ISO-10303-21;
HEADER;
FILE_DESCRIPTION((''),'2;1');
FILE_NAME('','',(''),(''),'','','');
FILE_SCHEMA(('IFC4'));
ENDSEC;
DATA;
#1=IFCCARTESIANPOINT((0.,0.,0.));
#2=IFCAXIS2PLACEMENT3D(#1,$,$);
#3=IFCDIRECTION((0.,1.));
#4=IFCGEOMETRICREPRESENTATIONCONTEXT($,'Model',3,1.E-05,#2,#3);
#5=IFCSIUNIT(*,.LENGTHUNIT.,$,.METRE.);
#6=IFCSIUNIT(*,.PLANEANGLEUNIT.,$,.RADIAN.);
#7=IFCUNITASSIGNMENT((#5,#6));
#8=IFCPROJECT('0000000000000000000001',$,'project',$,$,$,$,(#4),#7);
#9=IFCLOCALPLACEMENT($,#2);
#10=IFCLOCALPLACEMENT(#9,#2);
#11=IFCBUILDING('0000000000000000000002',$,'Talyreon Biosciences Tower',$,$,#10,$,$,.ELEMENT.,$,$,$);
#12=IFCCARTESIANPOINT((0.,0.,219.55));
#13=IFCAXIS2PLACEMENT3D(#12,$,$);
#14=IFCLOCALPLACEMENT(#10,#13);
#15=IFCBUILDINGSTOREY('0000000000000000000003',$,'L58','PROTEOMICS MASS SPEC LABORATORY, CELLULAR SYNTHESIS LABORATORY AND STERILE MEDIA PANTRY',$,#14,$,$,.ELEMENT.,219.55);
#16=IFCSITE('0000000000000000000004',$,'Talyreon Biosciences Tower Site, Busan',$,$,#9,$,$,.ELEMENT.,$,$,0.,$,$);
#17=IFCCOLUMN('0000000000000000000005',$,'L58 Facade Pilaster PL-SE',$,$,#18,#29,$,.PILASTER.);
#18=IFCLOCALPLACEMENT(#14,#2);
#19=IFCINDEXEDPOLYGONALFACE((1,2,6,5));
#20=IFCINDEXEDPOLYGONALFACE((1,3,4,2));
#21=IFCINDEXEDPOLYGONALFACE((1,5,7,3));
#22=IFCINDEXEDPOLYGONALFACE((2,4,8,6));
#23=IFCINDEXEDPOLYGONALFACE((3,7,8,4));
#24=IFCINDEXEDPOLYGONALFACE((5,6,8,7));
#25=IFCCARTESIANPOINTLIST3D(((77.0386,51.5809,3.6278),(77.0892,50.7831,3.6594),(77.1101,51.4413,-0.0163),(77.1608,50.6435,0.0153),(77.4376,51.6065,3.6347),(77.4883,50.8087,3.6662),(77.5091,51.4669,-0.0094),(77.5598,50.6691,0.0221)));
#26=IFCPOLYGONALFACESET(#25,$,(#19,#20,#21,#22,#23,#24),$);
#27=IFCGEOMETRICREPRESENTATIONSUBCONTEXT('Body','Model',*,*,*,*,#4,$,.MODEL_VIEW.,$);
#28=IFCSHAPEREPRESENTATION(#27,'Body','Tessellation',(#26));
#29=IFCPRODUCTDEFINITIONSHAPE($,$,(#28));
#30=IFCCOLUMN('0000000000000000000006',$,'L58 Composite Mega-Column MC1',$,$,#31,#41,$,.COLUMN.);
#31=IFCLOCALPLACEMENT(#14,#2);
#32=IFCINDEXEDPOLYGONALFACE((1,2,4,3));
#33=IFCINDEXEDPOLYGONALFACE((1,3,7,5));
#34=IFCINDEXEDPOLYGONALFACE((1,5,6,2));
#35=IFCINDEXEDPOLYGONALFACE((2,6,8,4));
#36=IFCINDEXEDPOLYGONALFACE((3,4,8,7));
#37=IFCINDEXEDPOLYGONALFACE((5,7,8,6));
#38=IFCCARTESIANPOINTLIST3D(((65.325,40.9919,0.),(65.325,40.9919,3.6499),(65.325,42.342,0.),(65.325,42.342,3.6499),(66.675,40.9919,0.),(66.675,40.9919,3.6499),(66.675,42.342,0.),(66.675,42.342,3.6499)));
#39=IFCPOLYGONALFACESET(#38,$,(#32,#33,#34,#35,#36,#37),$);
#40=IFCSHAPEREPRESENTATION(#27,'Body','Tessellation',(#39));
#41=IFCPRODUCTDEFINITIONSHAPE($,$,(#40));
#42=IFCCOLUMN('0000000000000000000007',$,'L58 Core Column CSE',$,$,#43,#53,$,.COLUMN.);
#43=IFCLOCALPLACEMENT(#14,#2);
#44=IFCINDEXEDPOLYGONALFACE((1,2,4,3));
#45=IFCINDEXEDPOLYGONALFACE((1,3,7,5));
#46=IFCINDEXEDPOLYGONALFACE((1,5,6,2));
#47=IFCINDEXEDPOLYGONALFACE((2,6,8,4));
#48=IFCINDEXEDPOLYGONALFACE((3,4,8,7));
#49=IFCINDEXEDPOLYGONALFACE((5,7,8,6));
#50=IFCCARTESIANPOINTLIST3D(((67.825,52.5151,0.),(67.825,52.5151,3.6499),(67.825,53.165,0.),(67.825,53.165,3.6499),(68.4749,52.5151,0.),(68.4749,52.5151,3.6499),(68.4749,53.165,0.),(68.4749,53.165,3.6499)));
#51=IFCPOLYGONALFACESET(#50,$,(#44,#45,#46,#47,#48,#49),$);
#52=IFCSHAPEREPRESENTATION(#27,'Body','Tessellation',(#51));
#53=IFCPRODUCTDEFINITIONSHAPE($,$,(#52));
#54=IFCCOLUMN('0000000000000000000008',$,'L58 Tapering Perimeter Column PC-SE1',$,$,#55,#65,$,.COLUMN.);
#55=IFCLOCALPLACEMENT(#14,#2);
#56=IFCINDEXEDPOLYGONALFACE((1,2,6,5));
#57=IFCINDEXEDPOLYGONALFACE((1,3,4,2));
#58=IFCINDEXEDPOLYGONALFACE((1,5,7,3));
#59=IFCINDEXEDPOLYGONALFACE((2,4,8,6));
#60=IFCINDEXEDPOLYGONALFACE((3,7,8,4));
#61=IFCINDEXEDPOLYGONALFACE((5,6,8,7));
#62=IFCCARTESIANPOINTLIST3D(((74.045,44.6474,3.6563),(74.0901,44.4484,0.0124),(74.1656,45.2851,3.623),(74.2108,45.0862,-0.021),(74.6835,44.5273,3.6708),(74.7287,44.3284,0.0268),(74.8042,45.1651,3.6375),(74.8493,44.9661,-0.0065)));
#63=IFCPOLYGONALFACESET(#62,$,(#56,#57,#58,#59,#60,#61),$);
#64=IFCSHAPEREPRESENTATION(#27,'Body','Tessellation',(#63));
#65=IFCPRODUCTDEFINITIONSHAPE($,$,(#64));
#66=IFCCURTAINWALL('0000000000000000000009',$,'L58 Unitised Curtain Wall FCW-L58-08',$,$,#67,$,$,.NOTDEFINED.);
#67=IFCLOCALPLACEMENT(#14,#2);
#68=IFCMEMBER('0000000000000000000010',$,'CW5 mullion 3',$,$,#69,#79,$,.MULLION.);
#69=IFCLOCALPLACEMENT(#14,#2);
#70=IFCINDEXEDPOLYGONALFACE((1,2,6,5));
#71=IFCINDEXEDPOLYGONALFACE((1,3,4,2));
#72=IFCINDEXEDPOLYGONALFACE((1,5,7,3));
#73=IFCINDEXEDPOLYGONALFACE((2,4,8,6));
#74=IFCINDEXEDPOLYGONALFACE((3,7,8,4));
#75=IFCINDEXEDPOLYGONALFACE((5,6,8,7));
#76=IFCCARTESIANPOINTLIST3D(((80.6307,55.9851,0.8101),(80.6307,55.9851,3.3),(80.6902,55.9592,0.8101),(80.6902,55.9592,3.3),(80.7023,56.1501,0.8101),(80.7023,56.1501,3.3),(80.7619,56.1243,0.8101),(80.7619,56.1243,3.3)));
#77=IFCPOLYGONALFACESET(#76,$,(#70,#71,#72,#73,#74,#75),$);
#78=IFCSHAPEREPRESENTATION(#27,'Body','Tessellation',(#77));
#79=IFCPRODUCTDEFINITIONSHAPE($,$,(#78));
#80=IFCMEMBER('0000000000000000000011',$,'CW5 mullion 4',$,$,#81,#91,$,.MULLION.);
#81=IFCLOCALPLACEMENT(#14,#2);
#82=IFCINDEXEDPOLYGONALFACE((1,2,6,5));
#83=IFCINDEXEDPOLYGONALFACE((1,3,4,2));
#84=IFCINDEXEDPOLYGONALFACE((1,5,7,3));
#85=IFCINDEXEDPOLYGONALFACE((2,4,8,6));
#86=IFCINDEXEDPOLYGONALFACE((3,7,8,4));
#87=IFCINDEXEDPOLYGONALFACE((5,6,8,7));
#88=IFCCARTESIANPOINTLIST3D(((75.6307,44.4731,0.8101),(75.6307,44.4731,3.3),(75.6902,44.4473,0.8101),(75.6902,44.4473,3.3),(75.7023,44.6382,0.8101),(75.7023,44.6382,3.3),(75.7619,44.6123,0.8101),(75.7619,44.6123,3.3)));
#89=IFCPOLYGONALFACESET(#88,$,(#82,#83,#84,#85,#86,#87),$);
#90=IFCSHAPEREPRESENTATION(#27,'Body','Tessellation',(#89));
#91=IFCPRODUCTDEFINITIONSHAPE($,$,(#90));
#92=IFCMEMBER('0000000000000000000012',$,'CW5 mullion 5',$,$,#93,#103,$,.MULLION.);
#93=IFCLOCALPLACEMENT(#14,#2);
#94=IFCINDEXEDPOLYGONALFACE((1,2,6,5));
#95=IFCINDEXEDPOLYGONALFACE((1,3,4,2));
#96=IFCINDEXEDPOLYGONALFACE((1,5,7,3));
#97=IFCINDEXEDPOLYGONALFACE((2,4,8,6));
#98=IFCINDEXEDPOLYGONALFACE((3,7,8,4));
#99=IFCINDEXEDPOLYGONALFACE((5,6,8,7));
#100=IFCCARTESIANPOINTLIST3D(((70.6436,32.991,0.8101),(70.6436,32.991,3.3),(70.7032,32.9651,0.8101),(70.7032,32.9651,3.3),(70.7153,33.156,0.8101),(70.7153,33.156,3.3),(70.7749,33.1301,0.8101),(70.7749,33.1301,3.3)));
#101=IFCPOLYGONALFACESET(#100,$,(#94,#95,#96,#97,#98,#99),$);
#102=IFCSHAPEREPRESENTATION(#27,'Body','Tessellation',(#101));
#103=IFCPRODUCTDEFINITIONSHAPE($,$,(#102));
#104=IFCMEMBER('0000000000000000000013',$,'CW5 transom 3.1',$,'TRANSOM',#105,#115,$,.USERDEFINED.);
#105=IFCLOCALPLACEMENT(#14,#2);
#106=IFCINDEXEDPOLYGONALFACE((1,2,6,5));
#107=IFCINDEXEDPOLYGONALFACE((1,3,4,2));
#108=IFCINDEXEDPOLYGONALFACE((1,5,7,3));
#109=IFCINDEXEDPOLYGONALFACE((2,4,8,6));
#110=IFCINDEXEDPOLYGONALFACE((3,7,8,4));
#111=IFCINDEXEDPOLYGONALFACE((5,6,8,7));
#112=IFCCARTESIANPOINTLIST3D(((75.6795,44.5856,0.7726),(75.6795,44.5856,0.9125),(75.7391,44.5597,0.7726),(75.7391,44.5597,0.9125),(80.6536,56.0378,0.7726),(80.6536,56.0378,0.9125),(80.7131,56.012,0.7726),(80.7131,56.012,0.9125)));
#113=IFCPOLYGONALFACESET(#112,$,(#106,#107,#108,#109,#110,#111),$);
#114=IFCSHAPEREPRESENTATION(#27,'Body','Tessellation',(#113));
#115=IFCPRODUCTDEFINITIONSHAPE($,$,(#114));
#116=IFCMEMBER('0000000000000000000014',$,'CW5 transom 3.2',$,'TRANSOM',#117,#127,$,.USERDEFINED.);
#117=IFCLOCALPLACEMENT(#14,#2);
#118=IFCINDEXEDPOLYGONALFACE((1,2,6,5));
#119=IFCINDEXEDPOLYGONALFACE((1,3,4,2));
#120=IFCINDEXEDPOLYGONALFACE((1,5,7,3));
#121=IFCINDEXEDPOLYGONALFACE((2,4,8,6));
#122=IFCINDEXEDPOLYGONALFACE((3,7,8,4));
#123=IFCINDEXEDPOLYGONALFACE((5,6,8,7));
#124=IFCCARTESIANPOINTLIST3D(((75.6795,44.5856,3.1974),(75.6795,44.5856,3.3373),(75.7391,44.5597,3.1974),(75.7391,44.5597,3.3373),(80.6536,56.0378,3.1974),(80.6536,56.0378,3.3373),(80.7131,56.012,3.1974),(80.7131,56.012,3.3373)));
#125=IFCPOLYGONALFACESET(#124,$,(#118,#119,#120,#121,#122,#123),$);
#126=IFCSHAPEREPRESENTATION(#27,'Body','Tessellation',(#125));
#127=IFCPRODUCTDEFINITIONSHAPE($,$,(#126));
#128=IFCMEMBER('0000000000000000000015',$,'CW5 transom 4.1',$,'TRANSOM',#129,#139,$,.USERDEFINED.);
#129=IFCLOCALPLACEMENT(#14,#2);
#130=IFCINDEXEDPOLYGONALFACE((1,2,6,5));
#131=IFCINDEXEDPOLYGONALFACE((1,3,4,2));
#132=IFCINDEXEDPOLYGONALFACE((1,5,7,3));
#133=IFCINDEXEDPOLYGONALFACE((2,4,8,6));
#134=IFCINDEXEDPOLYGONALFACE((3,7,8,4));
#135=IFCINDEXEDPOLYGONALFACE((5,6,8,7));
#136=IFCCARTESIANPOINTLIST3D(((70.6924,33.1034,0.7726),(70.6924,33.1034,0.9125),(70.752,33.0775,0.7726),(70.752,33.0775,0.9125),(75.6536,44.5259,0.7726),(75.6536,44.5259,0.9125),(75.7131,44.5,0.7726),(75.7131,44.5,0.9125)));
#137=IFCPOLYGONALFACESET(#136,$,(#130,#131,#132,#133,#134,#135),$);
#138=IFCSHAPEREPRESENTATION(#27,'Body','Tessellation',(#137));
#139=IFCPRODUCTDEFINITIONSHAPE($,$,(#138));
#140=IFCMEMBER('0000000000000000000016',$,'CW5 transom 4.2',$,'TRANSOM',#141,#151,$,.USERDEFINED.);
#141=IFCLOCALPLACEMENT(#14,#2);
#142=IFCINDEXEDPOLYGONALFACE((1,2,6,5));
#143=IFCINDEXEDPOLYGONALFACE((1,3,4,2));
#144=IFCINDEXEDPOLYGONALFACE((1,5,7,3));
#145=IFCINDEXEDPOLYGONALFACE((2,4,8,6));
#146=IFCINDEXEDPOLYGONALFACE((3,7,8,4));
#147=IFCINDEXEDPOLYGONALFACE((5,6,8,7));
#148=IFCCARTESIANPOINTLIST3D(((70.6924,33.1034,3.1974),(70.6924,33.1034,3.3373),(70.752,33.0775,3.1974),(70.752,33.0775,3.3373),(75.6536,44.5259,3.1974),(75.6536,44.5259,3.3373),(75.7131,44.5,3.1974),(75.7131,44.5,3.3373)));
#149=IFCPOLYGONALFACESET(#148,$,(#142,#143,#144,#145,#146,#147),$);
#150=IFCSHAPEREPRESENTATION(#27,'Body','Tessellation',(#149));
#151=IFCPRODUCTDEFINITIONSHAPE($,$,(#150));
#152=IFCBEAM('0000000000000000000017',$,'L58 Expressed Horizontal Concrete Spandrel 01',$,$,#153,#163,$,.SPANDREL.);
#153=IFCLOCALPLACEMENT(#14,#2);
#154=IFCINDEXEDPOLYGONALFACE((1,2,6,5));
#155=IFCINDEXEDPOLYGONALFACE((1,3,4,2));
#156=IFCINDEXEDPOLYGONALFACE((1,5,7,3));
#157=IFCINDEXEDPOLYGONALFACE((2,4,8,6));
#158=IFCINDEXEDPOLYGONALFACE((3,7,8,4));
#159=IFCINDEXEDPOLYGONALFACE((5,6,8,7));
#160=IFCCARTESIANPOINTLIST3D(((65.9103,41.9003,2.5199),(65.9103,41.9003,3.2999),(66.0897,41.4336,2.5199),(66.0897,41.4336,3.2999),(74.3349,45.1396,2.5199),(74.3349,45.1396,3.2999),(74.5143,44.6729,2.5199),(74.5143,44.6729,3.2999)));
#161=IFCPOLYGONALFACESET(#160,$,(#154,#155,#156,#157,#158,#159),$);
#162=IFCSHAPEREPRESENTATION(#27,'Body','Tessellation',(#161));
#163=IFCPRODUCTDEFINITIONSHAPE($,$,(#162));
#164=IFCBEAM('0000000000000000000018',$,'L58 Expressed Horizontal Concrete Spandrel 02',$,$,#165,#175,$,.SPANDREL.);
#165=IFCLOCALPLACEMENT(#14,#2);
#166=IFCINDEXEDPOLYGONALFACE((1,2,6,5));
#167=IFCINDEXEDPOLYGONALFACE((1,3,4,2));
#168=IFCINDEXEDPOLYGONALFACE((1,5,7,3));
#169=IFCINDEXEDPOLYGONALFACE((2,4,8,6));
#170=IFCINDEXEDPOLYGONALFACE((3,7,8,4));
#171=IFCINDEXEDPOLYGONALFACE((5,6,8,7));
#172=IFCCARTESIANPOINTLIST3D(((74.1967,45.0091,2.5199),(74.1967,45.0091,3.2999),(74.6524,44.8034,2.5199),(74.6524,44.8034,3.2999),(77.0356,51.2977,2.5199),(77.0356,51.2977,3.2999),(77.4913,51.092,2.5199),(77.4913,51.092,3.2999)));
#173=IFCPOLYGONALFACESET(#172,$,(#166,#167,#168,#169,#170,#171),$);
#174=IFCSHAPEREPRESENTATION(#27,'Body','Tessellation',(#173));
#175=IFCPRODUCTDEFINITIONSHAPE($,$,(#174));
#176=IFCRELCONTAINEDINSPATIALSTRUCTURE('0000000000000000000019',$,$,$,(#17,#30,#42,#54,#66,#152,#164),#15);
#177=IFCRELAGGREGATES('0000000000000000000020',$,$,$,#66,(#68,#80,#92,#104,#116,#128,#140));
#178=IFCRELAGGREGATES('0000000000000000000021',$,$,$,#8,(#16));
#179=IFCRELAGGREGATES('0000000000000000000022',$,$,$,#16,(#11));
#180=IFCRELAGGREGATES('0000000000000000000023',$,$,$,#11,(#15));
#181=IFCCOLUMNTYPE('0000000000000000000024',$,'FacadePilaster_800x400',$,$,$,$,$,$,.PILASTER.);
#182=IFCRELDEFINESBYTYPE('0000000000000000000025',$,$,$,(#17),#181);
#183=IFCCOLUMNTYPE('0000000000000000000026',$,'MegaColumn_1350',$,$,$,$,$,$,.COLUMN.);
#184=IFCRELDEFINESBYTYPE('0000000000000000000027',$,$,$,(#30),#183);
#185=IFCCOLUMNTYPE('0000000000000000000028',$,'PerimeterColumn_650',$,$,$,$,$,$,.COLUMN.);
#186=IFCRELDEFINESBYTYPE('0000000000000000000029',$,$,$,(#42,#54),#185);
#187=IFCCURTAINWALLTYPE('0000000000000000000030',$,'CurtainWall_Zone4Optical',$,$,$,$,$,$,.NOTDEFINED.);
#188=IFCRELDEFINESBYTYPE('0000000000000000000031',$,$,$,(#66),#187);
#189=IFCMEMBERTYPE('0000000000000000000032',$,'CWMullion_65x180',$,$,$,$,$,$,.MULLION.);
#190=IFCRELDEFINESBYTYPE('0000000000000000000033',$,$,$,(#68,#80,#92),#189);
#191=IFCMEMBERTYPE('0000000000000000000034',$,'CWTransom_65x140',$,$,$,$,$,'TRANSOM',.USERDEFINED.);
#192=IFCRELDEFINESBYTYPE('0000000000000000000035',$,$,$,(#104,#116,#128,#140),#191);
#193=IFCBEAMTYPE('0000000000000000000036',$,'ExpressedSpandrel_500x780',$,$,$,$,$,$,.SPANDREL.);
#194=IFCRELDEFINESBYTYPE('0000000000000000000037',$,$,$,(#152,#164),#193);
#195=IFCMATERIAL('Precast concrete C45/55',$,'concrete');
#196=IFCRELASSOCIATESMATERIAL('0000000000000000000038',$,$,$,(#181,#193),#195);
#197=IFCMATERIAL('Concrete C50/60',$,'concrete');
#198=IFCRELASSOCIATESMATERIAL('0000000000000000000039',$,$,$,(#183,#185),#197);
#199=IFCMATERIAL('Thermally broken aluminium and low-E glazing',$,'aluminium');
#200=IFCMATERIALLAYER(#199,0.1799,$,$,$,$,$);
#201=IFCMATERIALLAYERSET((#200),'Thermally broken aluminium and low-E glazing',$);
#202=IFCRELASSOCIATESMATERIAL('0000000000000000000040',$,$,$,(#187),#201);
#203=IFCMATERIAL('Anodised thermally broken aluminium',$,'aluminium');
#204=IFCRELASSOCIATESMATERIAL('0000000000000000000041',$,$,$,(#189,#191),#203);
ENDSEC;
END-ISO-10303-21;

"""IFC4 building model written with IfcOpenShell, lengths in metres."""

from ifc_helpers import new_model, si_unit, direction, frame, origin, origin_2d, place, context, subcontext, project, spatial, rectangle, extrude, material, layer, layer_set, material_profile, profile_set, type_object, element, aggregate, save


model = new_model("IFC4")

# Units and contexts
model_context = context("Model", 3, precision=1e-05, world=origin(), true_north=direction((0.0, 1.0)))
body_context = subcontext(model_context, "Body", "Model", "MODEL_VIEW")
ifc_project = project(units=[si_unit("LENGTHUNIT", "METRE"), si_unit("PLANEANGLEUNIT", "RADIAN")], contexts=[model_context])

# Site, building, storey
site_placement = place(None, origin())
site = spatial("IfcSite", under=ifc_project, at=site_placement, Name="Talyreon Biosciences Tower Site, Busan", CompositionType="ELEMENT", RefElevation=0.0)
building_placement = place(site_placement, origin())
building = spatial("IfcBuilding", under=site, at=building_placement, Name="Talyreon Biosciences Tower", CompositionType="ELEMENT")
storey_placement = place(building_placement, frame((0.0, 0.0, 219.55)))
storey = spatial("IfcBuildingStorey", under=building, at=storey_placement, Name="L58", Description="PROTEOMICS MASS SPEC LABORATORY, CELLULAR SYNTHESIS LABORATORY AND STERILE MEDIA PANTRY", CompositionType="ELEMENT", Elevation=219.55)

# Columns
ifc_material_1 = material(Name="Precast concrete C45/55", Category="concrete")
ifc_material_profile_1 = material_profile(ifc_material_1, rectangle(XDim=0.8, YDim=0.3999, at=origin_2d()), Name="RC 800x400")
ifc_profile_set_1 = profile_set([ifc_material_profile_1], Name="Precast concrete C45/55")
column_type_1 = type_object("IfcColumnType", Name="FacadePilaster_800x400", PredefinedType="PILASTER", material=ifc_profile_set_1)
column_1_placement = place(storey_placement, frame((77.335, 51.0552, 0.0029), z_axis=(-0.019612, 0.038287, 0.999074), x_axis=(0.063313, -0.997213, 0.039458)))
element("IfcColumn", 1, at=column_1_placement, inside=storey, type_object=column_type_1, Name="L58 Facade Pilaster PL-SE", PredefinedType="PILASTER", context=body_context, shape_type="SweptSolid", body=[
    extrude(rectangle(XDim=0.8, YDim=0.3999, at=origin_2d()), origin(), (0.0, 0.0, 1.0), 3.6475),
])
ifc_material_2 = material(Name="Concrete C50/60", Category="concrete")
ifc_material_profile_2 = material_profile(ifc_material_2, rectangle(XDim=1.3501, YDim=1.3501, at=origin_2d()), Name="RC 1350x1350")
ifc_profile_set_2 = profile_set([ifc_material_profile_2], Name="Concrete C50/60")
column_type_2 = type_object("IfcColumnType", Name="MegaColumn_1350", PredefinedType="COLUMN", material=ifc_profile_set_2)
column_2_placement = place(storey_placement, frame((66.0, 41.667, 0.0), z_axis=(0.0, 0.0, 1.0), x_axis=(1.0, 0.0, 0.0)))
element("IfcColumn", 2, at=column_2_placement, inside=storey, type_object=column_type_2, Name="L58 Composite Mega-Column MC1", PredefinedType="COLUMN", context=body_context, shape_type="SweptSolid", body=[
    extrude(rectangle(XDim=1.3501, YDim=1.3501, at=origin_2d()), origin(), (0.0, 0.0, 1.0), 3.6499),
])
ifc_material_profile_3 = material_profile(ifc_material_2, rectangle(XDim=0.6499, YDim=0.6499, at=origin_2d()), Name="RC 650x650")
ifc_profile_set_3 = profile_set([ifc_material_profile_3], Name="Concrete C50/60")
column_type_3 = type_object("IfcColumnType", Name="PerimeterColumn_650", PredefinedType="COLUMN", material=ifc_profile_set_3)
column_3_placement = place(storey_placement, frame((68.1499, 52.8401, 0.0), z_axis=(0.0, 0.0, 1.0), x_axis=(1.0, 0.0, 0.0)))
element("IfcColumn", 3, at=column_3_placement, inside=storey, type_object=column_type_3, Name="L58 Core Column CSE", PredefinedType="COLUMN", context=body_context, shape_type="SweptSolid", body=[
    extrude(rectangle(XDim=0.6499, YDim=0.6499, at=origin_2d()), origin(), (0.0, 0.0, 1.0), 3.6499),
])
column_4_placement = place(storey_placement, frame((74.4697, 44.7073, 0.0029), z_axis=(-0.012375, 0.054517, 0.998436), x_axis=(-0.185674, -0.981272, 0.051279)))
element("IfcColumn", 4, at=column_4_placement, inside=storey, type_object=column_type_3, Name="L58 Tapering Perimeter Column PC-SE1", PredefinedType="COLUMN", context=body_context, shape_type="SweptSolid", body=[
    extrude(rectangle(XDim=0.6499, YDim=0.6499, at=origin_2d()), origin(), (0.0, 0.0, 1.0), 3.6497),
])

# Curtain wall, members
ifc_material_3 = material(Name="Thermally broken aluminium and low-E glazing", Category="aluminium")
ifc_layer_1 = layer(ifc_material_3, 0.1799)
ifc_layer_set_1 = layer_set([ifc_layer_1], Name="Thermally broken aluminium and low-E glazing")
curtain_wall_type = type_object("IfcCurtainWallType", Name="CurtainWall_Zone4Optical", PredefinedType="NOTDEFINED", material=ifc_layer_set_1)
curtain_wall_placement = place(storey_placement, origin())
curtain_wall = element("IfcCurtainWall", 5, at=curtain_wall_placement, inside=storey, type_object=curtain_wall_type, Name="L58 Unitised Curtain Wall FCW-L58-08", PredefinedType="NOTDEFINED")
ifc_material_4 = material(Name="Anodised thermally broken aluminium", Category="aluminium")
ifc_material_profile_4 = material_profile(ifc_material_4, rectangle(XDim=0.0649, YDim=0.1799, at=origin_2d()), Name="ALUM MULLION 65x180")
ifc_profile_set_4 = profile_set([ifc_material_profile_4], Name="Anodised thermally broken aluminium")
member_type_1 = type_object("IfcMemberType", Name="CWMullion_65x180", PredefinedType="MULLION", material=ifc_profile_set_4)
member_1_placement = place(storey_placement, frame((80.6963, 56.0547, 0.8101), z_axis=(0.0, 0.0, 1.0), x_axis=(0.917222, -0.398376, 0.0)))
member_1 = element("IfcMember", 6, at=member_1_placement, type_object=member_type_1, Name="CW5 mullion 3", PredefinedType="MULLION", context=body_context, shape_type="SweptSolid", body=[
    extrude(rectangle(XDim=0.0649, YDim=0.1799, at=origin_2d()), origin(), (0.0, 0.0, 1.0), 2.49),
])
member_2_placement = place(storey_placement, frame((75.6963, 44.5427, 0.8101), z_axis=(0.0, 0.0, 1.0), x_axis=(0.917222, -0.398376, 0.0)))
member_2 = element("IfcMember", 7, at=member_2_placement, type_object=member_type_1, Name="CW5 mullion 4", PredefinedType="MULLION", context=body_context, shape_type="SweptSolid", body=[
    extrude(rectangle(XDim=0.0649, YDim=0.1799, at=origin_2d()), origin(), (0.0, 0.0, 1.0), 2.49),
])
member_3_placement = place(storey_placement, frame((70.7092, 33.0605, 0.8101), z_axis=(0.0, 0.0, 1.0), x_axis=(0.917222, -0.398376, 0.0)))
member_3 = element("IfcMember", 8, at=member_3_placement, type_object=member_type_1, Name="CW5 mullion 5", PredefinedType="MULLION", context=body_context, shape_type="SweptSolid", body=[
    extrude(rectangle(XDim=0.0649, YDim=0.1799, at=origin_2d()), origin(), (0.0, 0.0, 1.0), 2.49),
])
ifc_material_profile_5 = material_profile(ifc_material_4, rectangle(XDim=0.0649, YDim=0.1399, at=origin_2d()), Name="ALUM TRANSOM 65x140")
ifc_profile_set_5 = profile_set([ifc_material_profile_5], Name="Anodised thermally broken aluminium")
member_type_2 = type_object("IfcMemberType", Name="CWTransom_65x140", ElementType="TRANSOM", PredefinedType="USERDEFINED", material=ifc_profile_set_5)
member_4_placement = place(storey_placement, frame((80.6833, 56.0249, 0.8425), z_axis=(-0.398377, -0.917222, 0.0), x_axis=(0.917222, -0.398377, 0.0)))
member_4 = element("IfcMember", 9, at=member_4_placement, type_object=member_type_2, Name="CW5 transom 3.1", ObjectType="TRANSOM", PredefinedType="USERDEFINED", context=body_context, shape_type="SweptSolid", body=[
    extrude(rectangle(XDim=0.0649, YDim=0.1399, at=origin_2d()), origin(), (0.0, 0.0, 1.0), 12.4858),
])
member_5_placement = place(storey_placement, frame((80.6833, 56.0249, 3.2673), z_axis=(-0.398377, -0.917222, 0.0), x_axis=(0.917222, -0.398377, 0.0)))
member_5 = element("IfcMember", 10, at=member_5_placement, type_object=member_type_2, Name="CW5 transom 3.2", ObjectType="TRANSOM", PredefinedType="USERDEFINED", context=body_context, shape_type="SweptSolid", body=[
    extrude(rectangle(XDim=0.0649, YDim=0.1399, at=origin_2d()), origin(), (0.0, 0.0, 1.0), 12.4858),
])
member_6_placement = place(storey_placement, frame((75.6833, 44.5129, 0.8425), z_axis=(-0.398377, -0.917222, 0.0), x_axis=(0.917222, -0.398377, 0.0)))
member_6 = element("IfcMember", 11, at=member_6_placement, type_object=member_type_2, Name="CW5 transom 4.1", ObjectType="TRANSOM", PredefinedType="USERDEFINED", context=body_context, shape_type="SweptSolid", body=[
    extrude(rectangle(XDim=0.0649, YDim=0.1399, at=origin_2d()), origin(), (0.0, 0.0, 1.0), 12.4534),
])
member_7_placement = place(storey_placement, frame((75.6833, 44.5129, 3.2673), z_axis=(-0.398377, -0.917222, 0.0), x_axis=(0.917222, -0.398377, 0.0)))
member_7 = element("IfcMember", 12, at=member_7_placement, type_object=member_type_2, Name="CW5 transom 4.2", ObjectType="TRANSOM", PredefinedType="USERDEFINED", context=body_context, shape_type="SweptSolid", body=[
    extrude(rectangle(XDim=0.0649, YDim=0.1399, at=origin_2d()), origin(), (0.0, 0.0, 1.0), 12.4534),
])

# Beams
ifc_material_profile_6 = material_profile(ifc_material_1, rectangle(XDim=0.5, YDim=0.78, at=origin_2d()), Name="RCB 500x780")
ifc_profile_set_6 = profile_set([ifc_material_profile_6], Name="Precast concrete C45/55")
beam_type_1 = type_object("IfcBeamType", Name="ExpressedSpandrel_500x780", PredefinedType="SPANDREL", material=ifc_profile_set_6)
beam_1_placement = place(storey_placement, frame((66.0, 41.667, 2.9099), z_axis=(0.933381, 0.358887, 0.0), x_axis=(-0.358887, 0.933381, 0.0)))
element("IfcBeam", 13, at=beam_1_placement, inside=storey, type_object=beam_type_1, Name="L58 Expressed Horizontal Concrete Spandrel 01", PredefinedType="SPANDREL", context=body_context, shape_type="SweptSolid", body=[
    extrude(rectangle(XDim=0.5, YDim=0.78, at=origin_2d()), origin(), (0.0, 0.0, 1.0), 9.0259),
])
beam_2_placement = place(storey_placement, frame((74.4246, 44.9062, 2.9099), z_axis=(0.41145, 0.911432, 0.0), x_axis=(-0.911432, 0.41145, 0.0)))
element("IfcBeam", 14, at=beam_2_placement, inside=storey, type_object=beam_type_1, Name="L58 Expressed Horizontal Concrete Spandrel 02", PredefinedType="SPANDREL", context=body_context, shape_type="SweptSolid", body=[
    extrude(rectangle(XDim=0.5, YDim=0.78, at=origin_2d()), origin(), (0.0, 0.0, 1.0), 6.8997),
])

aggregate(curtain_wall, [member_1, member_2, member_3, member_4, member_5, member_6, member_7])

save(model, "model.ifc")
